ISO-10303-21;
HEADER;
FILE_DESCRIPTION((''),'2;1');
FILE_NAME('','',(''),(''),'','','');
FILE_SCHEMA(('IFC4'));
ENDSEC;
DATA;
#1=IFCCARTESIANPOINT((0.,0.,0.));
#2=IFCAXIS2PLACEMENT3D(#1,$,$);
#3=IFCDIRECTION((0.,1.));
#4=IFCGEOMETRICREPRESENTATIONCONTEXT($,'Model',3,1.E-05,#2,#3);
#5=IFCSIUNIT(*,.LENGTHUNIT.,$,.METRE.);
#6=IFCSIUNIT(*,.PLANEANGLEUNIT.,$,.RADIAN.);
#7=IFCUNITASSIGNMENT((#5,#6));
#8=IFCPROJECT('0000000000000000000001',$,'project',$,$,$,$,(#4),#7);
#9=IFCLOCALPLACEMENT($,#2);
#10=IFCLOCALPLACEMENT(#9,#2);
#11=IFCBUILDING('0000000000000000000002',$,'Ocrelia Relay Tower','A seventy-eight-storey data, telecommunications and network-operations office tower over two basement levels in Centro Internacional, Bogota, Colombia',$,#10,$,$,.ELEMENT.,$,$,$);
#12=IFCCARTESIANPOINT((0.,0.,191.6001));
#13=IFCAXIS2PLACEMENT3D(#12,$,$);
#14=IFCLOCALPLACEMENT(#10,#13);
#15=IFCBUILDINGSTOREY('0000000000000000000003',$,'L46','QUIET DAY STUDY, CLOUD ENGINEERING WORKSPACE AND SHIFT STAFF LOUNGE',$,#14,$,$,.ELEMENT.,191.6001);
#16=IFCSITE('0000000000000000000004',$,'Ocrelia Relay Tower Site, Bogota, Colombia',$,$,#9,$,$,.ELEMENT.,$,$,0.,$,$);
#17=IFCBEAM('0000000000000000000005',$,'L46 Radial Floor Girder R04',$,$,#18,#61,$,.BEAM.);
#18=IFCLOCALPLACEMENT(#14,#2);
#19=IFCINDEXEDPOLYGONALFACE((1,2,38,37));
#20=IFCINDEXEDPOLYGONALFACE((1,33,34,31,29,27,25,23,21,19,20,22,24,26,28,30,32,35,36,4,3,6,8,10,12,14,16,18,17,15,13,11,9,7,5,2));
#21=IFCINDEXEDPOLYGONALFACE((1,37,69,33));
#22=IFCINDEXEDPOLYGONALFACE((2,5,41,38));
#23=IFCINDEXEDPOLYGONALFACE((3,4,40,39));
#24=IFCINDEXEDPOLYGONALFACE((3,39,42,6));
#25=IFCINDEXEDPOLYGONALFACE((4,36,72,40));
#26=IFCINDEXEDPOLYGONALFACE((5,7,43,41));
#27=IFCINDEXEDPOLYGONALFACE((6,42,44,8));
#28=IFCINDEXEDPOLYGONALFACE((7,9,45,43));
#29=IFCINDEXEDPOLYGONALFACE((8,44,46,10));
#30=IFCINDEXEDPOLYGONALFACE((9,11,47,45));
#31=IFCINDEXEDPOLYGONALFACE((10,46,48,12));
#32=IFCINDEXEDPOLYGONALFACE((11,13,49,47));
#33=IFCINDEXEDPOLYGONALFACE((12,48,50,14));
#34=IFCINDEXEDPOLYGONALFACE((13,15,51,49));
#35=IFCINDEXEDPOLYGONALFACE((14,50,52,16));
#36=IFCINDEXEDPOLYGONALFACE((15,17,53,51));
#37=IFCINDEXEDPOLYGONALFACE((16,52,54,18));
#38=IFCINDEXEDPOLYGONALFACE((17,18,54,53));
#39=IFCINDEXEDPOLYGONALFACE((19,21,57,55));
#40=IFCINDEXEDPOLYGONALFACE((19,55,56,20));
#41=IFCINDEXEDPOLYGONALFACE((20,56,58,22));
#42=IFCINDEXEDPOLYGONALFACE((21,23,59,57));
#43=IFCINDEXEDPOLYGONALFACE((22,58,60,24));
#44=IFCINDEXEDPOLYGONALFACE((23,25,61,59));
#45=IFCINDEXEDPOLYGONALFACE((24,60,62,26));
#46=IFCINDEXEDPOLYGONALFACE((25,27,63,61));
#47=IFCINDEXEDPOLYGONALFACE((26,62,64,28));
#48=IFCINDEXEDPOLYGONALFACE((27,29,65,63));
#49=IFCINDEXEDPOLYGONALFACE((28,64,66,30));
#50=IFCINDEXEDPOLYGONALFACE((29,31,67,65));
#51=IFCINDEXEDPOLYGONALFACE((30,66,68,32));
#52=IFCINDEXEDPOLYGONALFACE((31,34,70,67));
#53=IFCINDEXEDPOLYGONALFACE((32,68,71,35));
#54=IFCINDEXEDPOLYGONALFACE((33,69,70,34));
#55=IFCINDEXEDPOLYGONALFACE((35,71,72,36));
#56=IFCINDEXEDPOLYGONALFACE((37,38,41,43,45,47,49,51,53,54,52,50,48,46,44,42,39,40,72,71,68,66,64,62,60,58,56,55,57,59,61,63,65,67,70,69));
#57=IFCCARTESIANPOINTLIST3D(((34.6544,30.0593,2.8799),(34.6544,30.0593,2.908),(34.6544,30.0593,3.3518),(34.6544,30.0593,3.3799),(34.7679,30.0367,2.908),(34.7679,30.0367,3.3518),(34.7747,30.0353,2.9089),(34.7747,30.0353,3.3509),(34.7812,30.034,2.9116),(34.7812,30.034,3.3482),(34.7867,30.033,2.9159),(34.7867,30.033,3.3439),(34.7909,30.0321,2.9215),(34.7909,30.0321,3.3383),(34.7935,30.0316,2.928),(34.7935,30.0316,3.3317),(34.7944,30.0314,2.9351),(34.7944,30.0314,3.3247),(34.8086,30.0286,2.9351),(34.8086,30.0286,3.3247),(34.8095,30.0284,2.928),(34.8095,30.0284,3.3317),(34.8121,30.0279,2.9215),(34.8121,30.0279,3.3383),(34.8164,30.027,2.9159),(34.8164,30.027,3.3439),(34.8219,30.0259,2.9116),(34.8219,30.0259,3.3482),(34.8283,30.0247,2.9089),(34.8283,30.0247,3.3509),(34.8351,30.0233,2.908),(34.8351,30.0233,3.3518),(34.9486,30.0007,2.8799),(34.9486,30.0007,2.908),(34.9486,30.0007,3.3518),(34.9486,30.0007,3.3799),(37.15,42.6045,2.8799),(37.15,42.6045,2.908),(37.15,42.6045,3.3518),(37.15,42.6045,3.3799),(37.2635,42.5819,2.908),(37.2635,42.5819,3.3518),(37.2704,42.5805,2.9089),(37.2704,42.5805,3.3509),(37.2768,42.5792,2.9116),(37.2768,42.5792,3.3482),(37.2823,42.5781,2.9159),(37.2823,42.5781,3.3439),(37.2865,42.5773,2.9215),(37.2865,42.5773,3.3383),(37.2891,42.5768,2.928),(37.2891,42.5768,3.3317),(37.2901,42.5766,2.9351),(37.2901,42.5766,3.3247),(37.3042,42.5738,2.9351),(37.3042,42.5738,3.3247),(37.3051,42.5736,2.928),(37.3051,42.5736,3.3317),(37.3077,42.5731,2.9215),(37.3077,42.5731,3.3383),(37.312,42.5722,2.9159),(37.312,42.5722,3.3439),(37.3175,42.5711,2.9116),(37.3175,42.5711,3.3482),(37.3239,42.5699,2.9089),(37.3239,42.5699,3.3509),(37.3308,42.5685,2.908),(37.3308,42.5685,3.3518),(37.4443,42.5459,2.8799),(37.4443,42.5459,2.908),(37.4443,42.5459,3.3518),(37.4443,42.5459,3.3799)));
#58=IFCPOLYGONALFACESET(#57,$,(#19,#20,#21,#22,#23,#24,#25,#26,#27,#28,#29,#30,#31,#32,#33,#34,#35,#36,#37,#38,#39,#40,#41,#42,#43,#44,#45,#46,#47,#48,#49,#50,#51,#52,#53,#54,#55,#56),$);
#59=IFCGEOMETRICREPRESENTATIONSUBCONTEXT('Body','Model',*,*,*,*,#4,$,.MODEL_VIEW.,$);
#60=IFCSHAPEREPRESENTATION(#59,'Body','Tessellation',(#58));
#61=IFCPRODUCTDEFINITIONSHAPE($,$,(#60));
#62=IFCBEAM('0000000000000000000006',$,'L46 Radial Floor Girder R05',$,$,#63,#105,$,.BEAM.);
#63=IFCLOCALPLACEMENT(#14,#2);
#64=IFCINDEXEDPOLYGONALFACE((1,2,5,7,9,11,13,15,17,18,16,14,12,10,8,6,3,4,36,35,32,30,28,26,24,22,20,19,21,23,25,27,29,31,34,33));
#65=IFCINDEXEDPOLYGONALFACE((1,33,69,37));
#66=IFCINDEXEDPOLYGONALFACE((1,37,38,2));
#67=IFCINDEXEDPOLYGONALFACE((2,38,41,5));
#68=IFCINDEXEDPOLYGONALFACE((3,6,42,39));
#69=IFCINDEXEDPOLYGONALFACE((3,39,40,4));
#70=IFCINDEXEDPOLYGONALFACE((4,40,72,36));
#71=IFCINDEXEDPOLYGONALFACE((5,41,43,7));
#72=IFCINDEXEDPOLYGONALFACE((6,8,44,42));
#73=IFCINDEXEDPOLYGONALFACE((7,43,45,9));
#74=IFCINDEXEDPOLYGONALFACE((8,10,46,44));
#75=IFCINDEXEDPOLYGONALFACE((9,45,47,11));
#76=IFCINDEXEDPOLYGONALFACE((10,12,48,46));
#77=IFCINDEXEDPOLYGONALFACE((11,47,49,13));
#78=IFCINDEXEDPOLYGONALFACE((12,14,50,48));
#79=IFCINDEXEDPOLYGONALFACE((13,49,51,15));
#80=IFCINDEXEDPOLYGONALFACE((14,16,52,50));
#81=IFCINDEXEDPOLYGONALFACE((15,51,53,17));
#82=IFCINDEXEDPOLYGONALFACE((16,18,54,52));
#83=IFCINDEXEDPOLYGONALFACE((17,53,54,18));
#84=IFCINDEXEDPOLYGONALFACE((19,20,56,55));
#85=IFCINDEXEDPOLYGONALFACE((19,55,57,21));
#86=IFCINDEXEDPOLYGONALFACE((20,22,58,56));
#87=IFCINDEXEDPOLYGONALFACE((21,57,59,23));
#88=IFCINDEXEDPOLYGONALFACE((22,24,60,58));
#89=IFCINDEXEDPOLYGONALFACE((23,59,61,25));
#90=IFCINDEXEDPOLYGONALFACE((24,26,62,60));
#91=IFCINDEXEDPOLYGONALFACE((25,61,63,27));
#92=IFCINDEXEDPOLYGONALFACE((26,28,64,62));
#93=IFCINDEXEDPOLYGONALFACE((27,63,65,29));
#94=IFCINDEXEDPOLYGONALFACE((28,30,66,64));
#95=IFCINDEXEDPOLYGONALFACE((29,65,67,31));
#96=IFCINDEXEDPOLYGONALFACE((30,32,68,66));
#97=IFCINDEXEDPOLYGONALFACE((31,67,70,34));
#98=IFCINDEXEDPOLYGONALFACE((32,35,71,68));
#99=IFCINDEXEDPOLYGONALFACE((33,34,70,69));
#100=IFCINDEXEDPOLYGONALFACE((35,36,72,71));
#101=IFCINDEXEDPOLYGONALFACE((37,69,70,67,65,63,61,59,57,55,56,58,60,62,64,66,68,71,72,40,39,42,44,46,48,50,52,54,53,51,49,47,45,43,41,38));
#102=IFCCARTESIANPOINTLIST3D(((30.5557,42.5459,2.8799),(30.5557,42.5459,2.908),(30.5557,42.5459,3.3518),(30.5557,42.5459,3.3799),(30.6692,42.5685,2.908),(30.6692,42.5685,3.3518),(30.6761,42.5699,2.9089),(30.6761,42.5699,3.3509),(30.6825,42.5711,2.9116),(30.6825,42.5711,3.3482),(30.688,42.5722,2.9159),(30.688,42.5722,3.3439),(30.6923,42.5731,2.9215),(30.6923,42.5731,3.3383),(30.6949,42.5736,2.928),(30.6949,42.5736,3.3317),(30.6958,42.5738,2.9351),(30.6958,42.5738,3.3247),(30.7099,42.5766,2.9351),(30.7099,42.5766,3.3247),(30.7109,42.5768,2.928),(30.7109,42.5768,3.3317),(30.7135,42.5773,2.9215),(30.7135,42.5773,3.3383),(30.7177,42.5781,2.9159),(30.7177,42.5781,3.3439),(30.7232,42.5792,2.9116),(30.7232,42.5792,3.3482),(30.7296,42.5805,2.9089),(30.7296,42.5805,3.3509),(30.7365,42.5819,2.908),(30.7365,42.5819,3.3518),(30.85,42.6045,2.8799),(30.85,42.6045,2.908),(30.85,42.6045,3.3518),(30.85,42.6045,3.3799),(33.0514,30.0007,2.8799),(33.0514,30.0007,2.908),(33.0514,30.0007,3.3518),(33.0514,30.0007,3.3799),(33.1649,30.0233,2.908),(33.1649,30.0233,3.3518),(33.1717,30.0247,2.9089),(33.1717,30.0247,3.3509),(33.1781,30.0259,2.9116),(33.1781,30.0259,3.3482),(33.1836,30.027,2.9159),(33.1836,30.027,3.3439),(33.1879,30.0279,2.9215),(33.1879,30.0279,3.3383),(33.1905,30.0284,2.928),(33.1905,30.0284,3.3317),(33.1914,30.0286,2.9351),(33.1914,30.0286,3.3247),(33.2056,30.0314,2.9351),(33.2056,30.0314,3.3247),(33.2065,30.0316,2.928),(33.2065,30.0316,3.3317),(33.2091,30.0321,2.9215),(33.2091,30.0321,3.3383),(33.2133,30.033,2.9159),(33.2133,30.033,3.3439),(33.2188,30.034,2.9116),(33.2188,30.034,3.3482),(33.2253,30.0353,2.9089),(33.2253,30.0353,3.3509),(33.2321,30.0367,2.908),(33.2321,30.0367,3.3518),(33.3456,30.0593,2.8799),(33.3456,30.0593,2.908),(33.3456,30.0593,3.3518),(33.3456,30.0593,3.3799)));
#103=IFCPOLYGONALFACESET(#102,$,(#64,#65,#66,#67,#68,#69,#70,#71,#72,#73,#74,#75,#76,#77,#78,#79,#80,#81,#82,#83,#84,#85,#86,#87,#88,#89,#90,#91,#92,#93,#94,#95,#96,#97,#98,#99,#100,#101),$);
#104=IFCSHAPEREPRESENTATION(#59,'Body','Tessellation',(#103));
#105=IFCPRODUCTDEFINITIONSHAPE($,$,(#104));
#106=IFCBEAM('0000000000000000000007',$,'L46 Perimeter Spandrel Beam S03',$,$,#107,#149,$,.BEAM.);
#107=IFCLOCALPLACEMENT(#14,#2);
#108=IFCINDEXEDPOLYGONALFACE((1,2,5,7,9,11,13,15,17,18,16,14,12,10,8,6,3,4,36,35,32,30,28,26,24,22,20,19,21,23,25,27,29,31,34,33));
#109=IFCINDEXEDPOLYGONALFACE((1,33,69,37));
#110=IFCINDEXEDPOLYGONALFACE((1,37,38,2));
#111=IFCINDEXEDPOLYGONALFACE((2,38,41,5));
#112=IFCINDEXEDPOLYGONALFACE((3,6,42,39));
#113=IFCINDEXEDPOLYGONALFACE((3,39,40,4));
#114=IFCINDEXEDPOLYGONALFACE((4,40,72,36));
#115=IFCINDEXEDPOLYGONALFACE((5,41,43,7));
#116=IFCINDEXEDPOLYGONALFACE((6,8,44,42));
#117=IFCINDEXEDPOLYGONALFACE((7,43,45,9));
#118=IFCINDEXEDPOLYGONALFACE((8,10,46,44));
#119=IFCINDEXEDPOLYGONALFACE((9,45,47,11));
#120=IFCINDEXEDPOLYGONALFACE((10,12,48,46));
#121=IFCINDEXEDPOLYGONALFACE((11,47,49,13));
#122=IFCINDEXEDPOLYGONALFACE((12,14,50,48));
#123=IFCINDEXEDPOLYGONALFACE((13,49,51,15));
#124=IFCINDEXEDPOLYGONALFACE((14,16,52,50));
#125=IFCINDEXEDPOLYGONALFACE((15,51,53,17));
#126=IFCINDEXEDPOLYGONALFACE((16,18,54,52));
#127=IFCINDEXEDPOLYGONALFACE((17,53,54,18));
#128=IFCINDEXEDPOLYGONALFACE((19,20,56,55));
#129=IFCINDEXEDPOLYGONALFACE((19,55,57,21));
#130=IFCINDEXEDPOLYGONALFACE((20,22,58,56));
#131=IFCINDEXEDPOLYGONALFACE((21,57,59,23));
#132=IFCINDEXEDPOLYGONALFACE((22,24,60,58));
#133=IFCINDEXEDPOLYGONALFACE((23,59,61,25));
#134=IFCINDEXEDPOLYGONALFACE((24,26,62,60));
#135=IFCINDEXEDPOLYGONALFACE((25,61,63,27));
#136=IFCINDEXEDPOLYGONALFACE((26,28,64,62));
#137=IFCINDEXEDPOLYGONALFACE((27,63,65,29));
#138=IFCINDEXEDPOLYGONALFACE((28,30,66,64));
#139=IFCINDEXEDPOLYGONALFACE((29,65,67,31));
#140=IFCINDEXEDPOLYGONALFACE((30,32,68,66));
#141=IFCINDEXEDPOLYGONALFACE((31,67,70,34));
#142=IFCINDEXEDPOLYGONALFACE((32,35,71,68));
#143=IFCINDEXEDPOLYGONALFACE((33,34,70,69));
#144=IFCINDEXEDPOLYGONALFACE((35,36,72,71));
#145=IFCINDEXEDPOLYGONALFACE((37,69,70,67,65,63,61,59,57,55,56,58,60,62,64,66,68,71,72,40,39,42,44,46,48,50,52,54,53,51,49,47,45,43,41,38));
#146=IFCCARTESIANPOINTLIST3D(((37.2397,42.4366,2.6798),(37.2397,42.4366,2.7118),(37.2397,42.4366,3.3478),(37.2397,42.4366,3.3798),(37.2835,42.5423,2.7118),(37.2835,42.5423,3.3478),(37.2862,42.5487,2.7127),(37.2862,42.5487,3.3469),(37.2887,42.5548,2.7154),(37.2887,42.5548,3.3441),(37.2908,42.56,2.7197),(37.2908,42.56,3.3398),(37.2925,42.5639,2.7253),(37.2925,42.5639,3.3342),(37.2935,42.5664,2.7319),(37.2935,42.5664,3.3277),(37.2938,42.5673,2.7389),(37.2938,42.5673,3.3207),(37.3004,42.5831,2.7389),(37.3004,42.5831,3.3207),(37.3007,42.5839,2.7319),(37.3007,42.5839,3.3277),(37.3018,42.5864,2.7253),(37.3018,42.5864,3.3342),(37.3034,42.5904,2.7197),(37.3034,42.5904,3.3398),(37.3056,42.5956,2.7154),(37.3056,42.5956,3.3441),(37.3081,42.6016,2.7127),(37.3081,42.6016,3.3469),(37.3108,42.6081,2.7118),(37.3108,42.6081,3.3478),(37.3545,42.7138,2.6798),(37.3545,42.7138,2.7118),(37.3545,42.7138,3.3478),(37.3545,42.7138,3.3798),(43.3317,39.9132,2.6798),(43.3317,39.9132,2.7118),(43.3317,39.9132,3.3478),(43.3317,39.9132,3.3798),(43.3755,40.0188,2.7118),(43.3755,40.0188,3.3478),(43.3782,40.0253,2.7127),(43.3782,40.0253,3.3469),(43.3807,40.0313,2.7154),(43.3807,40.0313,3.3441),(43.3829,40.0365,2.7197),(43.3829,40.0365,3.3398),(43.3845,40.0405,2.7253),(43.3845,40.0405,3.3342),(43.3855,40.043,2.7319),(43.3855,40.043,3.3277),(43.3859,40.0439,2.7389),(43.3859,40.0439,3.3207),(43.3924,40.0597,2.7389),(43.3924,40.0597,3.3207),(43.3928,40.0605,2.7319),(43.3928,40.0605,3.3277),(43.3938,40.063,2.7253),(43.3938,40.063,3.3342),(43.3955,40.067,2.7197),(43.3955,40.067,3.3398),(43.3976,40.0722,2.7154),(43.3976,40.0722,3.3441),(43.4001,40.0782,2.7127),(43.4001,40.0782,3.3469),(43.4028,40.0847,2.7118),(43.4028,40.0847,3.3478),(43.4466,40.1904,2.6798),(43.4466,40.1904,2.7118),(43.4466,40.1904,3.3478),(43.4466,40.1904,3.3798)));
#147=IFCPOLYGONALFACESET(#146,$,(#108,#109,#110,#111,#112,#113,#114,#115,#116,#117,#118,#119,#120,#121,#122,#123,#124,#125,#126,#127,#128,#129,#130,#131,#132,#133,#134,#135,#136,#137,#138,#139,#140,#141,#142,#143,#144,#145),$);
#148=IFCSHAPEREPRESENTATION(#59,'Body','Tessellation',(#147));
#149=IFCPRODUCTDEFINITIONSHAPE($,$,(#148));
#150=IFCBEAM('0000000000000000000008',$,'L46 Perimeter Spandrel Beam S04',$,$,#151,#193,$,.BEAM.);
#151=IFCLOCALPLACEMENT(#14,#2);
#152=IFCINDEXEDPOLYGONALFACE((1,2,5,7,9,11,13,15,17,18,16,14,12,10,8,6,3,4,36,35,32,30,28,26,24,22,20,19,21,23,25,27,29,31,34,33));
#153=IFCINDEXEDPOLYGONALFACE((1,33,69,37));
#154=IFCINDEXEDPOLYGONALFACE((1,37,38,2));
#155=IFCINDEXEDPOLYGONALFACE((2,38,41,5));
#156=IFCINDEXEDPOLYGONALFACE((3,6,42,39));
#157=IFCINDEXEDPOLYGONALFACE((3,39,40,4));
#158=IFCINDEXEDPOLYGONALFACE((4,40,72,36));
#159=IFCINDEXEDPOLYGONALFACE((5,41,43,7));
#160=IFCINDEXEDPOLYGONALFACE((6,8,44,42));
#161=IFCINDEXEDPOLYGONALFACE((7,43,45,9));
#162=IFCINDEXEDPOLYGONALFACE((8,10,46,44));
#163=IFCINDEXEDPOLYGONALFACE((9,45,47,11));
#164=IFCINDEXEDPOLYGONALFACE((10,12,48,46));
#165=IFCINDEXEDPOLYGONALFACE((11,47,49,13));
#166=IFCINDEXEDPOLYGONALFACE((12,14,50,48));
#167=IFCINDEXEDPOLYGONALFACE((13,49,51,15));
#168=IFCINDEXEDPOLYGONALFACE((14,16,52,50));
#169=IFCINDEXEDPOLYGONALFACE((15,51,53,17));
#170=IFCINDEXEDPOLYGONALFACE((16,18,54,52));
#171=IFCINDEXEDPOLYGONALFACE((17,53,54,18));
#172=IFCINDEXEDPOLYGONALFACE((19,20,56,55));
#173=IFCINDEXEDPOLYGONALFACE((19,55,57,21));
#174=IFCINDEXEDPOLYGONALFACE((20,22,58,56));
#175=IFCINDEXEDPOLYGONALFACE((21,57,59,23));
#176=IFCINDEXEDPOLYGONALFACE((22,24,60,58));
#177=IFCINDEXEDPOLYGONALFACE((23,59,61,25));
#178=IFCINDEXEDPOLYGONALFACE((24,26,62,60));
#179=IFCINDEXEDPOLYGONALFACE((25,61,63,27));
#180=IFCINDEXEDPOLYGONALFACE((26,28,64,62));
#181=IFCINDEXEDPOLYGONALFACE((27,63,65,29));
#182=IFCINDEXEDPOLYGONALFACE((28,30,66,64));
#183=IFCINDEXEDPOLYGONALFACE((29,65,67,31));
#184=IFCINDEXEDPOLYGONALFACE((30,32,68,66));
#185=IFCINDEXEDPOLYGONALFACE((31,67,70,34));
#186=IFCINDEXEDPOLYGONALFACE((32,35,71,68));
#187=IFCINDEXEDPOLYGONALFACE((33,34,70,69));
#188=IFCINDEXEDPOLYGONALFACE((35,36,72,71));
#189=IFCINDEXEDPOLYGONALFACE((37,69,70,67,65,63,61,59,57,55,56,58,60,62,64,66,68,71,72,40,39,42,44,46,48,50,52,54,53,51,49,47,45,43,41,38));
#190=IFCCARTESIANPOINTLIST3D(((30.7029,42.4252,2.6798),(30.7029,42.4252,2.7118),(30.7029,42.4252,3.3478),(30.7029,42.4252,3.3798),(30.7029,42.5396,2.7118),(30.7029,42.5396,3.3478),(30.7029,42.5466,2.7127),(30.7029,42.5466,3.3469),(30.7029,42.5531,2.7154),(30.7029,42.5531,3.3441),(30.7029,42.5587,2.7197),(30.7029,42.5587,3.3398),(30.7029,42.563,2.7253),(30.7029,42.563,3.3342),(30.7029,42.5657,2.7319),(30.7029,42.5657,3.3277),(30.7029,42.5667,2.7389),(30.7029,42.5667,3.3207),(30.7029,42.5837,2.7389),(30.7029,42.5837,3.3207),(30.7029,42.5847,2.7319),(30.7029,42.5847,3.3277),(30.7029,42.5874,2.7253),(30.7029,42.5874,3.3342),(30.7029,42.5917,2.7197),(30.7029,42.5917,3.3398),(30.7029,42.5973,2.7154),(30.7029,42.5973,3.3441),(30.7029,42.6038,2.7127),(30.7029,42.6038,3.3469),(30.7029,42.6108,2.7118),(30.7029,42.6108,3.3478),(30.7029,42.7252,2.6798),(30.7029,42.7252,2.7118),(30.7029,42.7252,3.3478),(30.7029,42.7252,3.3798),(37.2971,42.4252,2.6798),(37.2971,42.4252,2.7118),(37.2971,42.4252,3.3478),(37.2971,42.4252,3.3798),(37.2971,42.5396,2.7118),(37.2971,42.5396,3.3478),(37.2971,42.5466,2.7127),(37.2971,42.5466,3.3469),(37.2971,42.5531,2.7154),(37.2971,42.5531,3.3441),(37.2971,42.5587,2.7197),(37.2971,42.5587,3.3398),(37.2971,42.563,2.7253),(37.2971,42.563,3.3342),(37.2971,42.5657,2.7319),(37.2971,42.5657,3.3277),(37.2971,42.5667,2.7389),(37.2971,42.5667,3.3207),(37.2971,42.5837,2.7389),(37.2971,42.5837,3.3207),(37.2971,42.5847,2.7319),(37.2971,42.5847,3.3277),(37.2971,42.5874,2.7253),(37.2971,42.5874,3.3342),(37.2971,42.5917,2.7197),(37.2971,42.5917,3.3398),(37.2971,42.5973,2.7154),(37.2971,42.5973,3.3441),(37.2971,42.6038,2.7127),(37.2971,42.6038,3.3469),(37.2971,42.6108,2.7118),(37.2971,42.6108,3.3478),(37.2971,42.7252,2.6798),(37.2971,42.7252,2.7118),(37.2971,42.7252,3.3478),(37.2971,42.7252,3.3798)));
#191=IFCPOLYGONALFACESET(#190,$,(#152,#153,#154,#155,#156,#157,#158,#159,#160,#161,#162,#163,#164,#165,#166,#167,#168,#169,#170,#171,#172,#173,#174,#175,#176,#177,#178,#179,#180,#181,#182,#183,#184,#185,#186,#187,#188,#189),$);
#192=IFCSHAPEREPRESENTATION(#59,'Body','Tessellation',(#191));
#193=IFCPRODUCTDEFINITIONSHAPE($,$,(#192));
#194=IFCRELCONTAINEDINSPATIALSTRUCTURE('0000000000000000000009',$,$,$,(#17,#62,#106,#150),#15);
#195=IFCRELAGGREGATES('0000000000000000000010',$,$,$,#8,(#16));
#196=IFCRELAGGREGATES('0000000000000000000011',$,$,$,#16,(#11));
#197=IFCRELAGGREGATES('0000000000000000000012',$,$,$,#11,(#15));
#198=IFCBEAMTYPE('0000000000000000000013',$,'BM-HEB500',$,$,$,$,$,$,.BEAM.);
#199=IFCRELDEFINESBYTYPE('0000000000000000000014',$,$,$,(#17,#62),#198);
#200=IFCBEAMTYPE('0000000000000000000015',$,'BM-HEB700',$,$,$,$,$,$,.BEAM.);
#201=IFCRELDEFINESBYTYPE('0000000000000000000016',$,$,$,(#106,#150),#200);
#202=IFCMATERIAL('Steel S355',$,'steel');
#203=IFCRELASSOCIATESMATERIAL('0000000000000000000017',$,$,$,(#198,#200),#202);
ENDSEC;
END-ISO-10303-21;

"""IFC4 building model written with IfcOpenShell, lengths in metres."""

from ifc_helpers import new_model, si_unit, direction, frame, origin, origin_2d, place, context, subcontext, project, spatial, i_section, extrude, material, material_profile, profile_set, type_object, element, save


model = new_model("IFC4")

# Units and contexts
model_context = context("Model", 3, precision=1e-05, world=origin(), true_north=direction((0.0, 1.0)))
body_context = subcontext(model_context, "Body", "Model", "MODEL_VIEW")
ifc_project = project(units=[si_unit("LENGTHUNIT", "METRE"), si_unit("PLANEANGLEUNIT", "RADIAN")], contexts=[model_context])

# Site, building, storey
site_placement = place(None, origin())
site = spatial("IfcSite", under=ifc_project, at=site_placement, Name="Ocrelia Relay Tower Site, Bogota, Colombia", CompositionType="ELEMENT", RefElevation=0.0)
building_placement = place(site_placement, origin())
building = spatial("IfcBuilding", under=site, at=building_placement, Name="Ocrelia Relay Tower", Description="A seventy-eight-storey data, telecommunications and network-operations office tower over two basement levels in Centro Internacional, Bogota, Colombia", CompositionType="ELEMENT")
storey_placement = place(building_placement, frame((0.0, 0.0, 191.6001)))
storey = spatial("IfcBuildingStorey", under=building, at=storey_placement, Name="L46", Description="QUIET DAY STUDY, CLOUD ENGINEERING WORKSPACE AND SHIFT STAFF LOUNGE", CompositionType="ELEMENT", Elevation=191.6001)

# Beams
ifc_material_1 = material(Name="Steel S355", Category="steel")
ifc_material_profile_1 = material_profile(ifc_material_1, i_section(OverallWidth=0.3, OverallDepth=0.5, WebThickness=0.0144, FlangeThickness=0.0281, FilletRadius=0.0271, at=origin_2d()), Name="HEB 500")
ifc_profile_set_1 = profile_set([ifc_material_profile_1], Name="Steel S355")
beam_type_1 = type_object("IfcBeamType", Name="BM-HEB500", PredefinedType="BEAM", material=ifc_profile_set_1)
for number, where, z_axis, x_axis, name in (
    (1, (37.2971, 42.5752, 3.1299), (-0.195107, -0.980782, 0.0), (0.980782, -0.195107, 0.0), "L46 Radial Floor Girder R04"),
    (2, (30.7029, 42.5752, 3.1299), (0.195107, -0.980782, 0.0), (0.980782, 0.195107, 0.0), "L46 Radial Floor Girder R05"),
):
    element("IfcBeam", number, at=place(storey_placement, frame(where, z_axis=z_axis, x_axis=x_axis)), inside=storey, type_object=beam_type_1, Name=name, PredefinedType="BEAM", context=body_context, shape_type="SweptSolid", body=[
        extrude(i_section(OverallWidth=0.3, OverallDepth=0.5, WebThickness=0.0144, FlangeThickness=0.0281, FilletRadius=0.0271, at=origin_2d()), origin(), (0.0, 0.0, 1.0), 12.791),
    ])
ifc_material_profile_2 = material_profile(ifc_material_1, i_section(OverallWidth=0.3, OverallDepth=0.7, WebThickness=0.0171, FlangeThickness=0.032, FilletRadius=0.0271, at=origin_2d()), Name="HEB 700")
ifc_profile_set_2 = profile_set([ifc_material_profile_2], Name="Steel S355")
beam_type_2 = type_object("IfcBeamType", Name="BM-HEB700", PredefinedType="BEAM", material=ifc_profile_set_2)
beam_1_placement = place(storey_placement, frame((43.3892, 40.0518, 3.0298), z_axis=(-0.923878, 0.382688, 0.0), x_axis=(-0.382688, -0.923878, 0.0)))
element("IfcBeam", 3, at=beam_1_placement, inside=storey, type_object=beam_type_2, Name="L46 Perimeter Spandrel Beam S03", PredefinedType="BEAM", context=body_context, shape_type="SweptSolid", body=[
    extrude(i_section(OverallWidth=0.3, OverallDepth=0.7, WebThickness=0.0171, FlangeThickness=0.032, FilletRadius=0.0271, at=origin_2d()), origin(), (0.0, 0.0, 1.0), 6.594),
])
beam_2_placement = place(storey_placement, frame((37.2971, 42.5752, 3.0298), z_axis=(-1.0, 0.0, 0.0), x_axis=(0.0, -1.0, 0.0)))
element("IfcBeam", 4, at=beam_2_placement, inside=storey, type_object=beam_type_2, Name="L46 Perimeter Spandrel Beam S04", PredefinedType="BEAM", context=body_context, shape_type="SweptSolid", body=[
    extrude(i_section(OverallWidth=0.3, OverallDepth=0.7, WebThickness=0.0171, FlangeThickness=0.032, FilletRadius=0.0271, at=origin_2d()), origin(), (0.0, 0.0, 1.0), 6.5942),
])

save(model, "model.ifc")
